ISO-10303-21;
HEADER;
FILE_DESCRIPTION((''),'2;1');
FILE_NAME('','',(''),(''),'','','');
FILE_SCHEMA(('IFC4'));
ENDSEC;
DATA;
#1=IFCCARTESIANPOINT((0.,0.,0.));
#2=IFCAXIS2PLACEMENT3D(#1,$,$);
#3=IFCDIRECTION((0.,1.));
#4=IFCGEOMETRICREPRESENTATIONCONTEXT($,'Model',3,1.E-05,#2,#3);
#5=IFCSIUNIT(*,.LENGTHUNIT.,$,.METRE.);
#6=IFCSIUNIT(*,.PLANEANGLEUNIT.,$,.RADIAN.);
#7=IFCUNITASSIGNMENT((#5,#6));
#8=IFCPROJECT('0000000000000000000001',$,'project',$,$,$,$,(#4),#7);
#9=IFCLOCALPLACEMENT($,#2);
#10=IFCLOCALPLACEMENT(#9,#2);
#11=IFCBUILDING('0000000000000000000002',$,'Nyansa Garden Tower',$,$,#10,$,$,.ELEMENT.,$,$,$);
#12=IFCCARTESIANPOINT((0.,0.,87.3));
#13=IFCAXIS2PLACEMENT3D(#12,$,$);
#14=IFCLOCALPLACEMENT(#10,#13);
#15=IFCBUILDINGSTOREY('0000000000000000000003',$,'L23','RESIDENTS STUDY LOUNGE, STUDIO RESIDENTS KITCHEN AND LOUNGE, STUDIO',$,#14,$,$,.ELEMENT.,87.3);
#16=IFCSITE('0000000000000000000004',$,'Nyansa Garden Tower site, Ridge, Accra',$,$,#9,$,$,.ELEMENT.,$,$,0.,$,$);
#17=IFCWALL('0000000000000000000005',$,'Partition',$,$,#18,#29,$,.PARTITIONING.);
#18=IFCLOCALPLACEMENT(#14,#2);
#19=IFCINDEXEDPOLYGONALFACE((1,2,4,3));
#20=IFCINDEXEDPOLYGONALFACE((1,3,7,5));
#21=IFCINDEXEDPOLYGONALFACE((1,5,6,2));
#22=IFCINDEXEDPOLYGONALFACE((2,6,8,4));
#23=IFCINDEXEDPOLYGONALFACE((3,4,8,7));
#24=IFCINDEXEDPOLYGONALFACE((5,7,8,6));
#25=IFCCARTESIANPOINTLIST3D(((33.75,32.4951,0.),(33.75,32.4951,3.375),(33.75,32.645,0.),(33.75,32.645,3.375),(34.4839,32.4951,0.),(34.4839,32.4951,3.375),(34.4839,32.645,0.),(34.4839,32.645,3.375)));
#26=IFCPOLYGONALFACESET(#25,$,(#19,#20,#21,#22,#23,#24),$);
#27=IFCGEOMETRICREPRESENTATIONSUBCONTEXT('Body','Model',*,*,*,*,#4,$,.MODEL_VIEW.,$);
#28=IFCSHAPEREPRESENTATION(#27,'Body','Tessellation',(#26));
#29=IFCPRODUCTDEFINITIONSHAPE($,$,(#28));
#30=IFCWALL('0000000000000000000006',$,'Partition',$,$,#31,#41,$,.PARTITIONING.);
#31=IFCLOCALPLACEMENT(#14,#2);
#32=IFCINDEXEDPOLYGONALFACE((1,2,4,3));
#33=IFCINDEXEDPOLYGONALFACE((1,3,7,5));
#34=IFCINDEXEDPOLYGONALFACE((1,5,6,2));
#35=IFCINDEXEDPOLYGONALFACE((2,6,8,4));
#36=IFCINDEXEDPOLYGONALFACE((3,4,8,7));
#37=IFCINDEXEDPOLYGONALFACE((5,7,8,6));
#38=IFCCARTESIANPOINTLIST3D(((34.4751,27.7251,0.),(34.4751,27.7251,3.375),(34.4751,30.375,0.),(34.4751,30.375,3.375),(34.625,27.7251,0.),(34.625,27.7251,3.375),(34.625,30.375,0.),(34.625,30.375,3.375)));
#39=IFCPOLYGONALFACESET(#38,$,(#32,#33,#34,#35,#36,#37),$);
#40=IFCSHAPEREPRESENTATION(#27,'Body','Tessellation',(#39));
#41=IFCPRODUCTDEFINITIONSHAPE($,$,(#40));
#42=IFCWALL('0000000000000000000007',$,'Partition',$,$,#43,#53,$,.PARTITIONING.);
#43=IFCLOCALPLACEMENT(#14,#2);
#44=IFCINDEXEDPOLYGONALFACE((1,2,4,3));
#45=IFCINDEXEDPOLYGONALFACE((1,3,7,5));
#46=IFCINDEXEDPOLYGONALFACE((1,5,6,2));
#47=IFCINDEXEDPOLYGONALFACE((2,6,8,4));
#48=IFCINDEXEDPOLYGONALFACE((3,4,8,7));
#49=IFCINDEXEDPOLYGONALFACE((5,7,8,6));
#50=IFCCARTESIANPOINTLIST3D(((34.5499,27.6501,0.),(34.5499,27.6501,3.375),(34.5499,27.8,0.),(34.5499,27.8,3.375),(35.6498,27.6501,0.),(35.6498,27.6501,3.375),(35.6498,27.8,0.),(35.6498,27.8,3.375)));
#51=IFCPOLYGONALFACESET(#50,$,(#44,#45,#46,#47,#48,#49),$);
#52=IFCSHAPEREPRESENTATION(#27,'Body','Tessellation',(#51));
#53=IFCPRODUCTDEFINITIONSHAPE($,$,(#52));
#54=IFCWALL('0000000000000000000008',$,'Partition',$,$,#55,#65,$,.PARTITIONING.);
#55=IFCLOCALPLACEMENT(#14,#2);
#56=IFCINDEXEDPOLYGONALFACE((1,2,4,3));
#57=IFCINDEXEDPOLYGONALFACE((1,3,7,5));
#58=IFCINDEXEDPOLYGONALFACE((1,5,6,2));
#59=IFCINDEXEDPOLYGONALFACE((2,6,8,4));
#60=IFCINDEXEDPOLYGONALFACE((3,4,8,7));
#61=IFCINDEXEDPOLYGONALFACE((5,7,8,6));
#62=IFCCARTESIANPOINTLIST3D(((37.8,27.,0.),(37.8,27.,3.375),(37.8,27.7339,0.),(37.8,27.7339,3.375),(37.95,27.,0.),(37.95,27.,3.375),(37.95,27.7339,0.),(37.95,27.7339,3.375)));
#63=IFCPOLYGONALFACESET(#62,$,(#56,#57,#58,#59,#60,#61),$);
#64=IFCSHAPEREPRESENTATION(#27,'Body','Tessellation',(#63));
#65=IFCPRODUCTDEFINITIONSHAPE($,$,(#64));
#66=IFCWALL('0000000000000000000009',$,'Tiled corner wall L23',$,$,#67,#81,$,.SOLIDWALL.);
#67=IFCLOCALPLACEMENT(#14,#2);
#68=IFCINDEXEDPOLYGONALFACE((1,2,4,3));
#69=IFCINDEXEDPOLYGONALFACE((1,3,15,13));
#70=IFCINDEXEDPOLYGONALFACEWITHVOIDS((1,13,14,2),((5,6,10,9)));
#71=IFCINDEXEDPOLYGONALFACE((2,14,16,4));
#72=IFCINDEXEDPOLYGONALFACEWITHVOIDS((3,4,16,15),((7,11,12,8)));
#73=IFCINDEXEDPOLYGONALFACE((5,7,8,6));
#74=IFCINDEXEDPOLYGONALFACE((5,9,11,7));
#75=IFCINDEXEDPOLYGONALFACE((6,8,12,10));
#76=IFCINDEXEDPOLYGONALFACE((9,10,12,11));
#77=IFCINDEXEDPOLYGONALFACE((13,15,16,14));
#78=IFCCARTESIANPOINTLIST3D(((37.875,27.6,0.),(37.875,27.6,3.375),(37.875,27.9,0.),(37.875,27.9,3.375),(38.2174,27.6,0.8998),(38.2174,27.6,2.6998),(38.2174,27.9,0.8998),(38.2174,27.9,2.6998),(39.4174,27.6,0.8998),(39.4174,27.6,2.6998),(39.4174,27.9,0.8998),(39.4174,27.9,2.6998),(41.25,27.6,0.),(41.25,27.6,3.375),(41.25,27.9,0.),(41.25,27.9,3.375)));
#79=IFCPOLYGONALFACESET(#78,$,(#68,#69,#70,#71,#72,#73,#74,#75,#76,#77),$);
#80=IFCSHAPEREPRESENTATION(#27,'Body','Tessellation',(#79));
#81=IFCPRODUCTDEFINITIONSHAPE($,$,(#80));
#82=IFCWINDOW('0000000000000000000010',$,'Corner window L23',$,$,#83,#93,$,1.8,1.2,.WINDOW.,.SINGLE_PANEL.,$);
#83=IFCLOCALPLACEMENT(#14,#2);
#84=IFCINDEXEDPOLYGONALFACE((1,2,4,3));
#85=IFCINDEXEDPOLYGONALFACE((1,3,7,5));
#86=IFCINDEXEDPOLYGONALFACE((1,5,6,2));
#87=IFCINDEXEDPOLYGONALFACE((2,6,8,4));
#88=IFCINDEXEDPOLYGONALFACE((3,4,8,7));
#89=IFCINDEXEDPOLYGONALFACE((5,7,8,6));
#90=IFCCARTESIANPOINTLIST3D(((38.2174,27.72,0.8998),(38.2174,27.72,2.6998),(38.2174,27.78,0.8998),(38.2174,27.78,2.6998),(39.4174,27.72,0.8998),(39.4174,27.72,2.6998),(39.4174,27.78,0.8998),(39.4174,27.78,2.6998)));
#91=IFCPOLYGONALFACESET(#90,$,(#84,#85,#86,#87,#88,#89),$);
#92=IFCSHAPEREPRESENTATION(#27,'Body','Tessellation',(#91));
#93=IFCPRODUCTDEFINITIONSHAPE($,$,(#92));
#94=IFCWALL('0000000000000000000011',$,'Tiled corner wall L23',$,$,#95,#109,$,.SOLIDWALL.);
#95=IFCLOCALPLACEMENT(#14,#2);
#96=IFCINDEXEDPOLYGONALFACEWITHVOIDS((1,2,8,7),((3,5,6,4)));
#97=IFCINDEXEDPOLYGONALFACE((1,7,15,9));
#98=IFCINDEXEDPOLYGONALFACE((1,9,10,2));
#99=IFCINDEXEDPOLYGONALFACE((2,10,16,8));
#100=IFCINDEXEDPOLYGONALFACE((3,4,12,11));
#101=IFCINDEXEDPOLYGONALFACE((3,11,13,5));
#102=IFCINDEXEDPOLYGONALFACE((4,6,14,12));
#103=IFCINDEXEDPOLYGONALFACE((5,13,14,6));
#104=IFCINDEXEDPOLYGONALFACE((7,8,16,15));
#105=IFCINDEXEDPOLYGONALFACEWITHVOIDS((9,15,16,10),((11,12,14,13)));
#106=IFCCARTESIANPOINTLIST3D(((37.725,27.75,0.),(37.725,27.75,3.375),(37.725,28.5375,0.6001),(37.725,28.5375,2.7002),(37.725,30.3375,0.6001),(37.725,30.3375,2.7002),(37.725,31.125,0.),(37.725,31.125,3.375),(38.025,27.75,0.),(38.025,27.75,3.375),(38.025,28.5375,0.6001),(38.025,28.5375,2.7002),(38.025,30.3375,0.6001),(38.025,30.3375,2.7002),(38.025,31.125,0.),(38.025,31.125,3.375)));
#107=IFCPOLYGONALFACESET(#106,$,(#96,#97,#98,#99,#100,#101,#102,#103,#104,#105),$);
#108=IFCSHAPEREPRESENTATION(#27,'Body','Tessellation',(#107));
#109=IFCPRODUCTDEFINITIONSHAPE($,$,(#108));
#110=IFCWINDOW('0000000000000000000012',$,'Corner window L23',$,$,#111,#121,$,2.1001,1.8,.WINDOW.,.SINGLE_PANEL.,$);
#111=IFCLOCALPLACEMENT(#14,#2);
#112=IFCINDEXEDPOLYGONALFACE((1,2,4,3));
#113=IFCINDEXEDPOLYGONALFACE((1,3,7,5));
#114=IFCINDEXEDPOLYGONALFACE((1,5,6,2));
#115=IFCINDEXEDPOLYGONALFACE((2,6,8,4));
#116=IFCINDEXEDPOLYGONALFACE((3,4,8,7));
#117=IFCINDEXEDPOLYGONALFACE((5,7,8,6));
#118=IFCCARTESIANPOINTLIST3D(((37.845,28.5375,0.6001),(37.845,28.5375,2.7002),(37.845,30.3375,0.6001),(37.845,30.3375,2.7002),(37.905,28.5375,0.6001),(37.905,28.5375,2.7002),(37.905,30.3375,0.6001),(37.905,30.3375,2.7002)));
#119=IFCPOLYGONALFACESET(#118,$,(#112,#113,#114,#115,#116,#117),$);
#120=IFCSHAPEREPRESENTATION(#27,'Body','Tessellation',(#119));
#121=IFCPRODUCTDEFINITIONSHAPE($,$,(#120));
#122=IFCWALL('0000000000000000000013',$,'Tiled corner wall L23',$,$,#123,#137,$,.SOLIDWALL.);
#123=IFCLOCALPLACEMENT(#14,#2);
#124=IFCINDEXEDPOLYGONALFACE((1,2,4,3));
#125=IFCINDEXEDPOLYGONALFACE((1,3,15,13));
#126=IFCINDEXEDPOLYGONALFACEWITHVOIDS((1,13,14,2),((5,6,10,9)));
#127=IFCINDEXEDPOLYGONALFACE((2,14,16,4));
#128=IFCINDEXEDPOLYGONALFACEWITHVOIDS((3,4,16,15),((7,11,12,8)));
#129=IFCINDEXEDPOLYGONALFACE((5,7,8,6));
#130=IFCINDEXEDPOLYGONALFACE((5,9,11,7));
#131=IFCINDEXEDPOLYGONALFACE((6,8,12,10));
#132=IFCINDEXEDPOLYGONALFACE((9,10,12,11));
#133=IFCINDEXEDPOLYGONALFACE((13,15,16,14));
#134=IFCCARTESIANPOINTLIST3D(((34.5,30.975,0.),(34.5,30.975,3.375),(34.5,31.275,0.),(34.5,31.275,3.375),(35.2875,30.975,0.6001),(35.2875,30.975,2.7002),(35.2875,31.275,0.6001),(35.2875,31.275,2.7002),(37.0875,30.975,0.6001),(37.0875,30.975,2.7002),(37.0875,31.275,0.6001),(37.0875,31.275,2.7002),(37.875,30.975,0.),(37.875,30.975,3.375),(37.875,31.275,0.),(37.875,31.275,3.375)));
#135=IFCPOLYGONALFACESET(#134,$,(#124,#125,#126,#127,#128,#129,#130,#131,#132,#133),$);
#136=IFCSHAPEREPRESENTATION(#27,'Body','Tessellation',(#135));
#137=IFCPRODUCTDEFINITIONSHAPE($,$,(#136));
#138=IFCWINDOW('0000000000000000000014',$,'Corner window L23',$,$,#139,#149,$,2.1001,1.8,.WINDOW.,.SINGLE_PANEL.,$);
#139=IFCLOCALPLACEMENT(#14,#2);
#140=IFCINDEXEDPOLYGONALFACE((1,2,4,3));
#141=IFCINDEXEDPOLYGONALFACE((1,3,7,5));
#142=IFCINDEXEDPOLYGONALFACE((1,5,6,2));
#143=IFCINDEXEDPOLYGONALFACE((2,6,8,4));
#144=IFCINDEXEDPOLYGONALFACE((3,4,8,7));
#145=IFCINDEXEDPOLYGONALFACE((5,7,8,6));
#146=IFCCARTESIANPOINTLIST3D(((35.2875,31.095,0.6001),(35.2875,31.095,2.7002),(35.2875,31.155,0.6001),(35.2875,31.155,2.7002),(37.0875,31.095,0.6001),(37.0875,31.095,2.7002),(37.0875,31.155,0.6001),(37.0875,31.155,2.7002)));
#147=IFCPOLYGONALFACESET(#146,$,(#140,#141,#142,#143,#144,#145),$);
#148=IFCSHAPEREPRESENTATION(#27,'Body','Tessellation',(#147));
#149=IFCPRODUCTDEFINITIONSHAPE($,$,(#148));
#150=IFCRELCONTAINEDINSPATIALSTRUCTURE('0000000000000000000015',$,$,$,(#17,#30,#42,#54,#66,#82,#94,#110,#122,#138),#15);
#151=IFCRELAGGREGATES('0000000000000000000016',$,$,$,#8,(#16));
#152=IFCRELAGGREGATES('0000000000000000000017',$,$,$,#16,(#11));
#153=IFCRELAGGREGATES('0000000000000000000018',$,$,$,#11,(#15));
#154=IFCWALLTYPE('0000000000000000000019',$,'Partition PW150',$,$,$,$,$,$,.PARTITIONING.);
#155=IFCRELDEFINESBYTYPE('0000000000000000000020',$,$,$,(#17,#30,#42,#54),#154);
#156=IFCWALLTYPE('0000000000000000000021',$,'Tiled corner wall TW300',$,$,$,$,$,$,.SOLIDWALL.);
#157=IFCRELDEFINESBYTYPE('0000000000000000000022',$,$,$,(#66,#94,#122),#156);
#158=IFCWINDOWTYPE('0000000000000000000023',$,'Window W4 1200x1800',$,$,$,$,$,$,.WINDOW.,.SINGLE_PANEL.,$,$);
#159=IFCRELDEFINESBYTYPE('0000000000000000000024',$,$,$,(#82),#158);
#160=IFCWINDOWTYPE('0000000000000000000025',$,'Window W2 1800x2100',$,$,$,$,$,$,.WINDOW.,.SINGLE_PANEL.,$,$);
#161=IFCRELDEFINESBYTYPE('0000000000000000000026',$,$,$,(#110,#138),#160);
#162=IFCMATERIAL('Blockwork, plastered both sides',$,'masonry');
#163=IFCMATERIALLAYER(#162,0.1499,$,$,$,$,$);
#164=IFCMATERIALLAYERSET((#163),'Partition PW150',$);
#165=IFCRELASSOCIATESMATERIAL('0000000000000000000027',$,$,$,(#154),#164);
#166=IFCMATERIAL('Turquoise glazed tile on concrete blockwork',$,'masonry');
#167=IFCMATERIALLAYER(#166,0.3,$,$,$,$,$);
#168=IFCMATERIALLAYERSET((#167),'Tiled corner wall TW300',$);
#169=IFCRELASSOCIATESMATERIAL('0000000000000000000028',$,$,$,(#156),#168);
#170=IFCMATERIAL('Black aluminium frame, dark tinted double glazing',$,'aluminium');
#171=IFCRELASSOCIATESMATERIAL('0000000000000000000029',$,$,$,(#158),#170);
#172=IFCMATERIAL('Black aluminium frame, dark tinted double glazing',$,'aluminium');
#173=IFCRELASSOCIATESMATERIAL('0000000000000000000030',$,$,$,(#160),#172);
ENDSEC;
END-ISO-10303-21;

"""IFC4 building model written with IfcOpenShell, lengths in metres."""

from ifc_helpers import new_model, si_unit, direction, frame, frame_2d, origin, place, context, subcontext, project, spatial, rectangle, extrude, material, layer, layer_set, type_object, element, fill, save


model = new_model("IFC4")

# Units and contexts
model_context = context("Model", 3, precision=1e-05, world=origin(), true_north=direction((0.0, 1.0)))
body_context = subcontext(model_context, "Body", "Model", "MODEL_VIEW")
ifc_project = project(units=[si_unit("LENGTHUNIT", "METRE"), si_unit("PLANEANGLEUNIT", "RADIAN")], contexts=[model_context])

# Site, building, storey
site_placement = place(None, origin())
site = spatial("IfcSite", under=ifc_project, at=site_placement, Name="Nyansa Garden Tower site, Ridge, Accra", CompositionType="ELEMENT", RefElevation=0.0)
building_placement = place(site_placement, origin())
building = spatial("IfcBuilding", under=site, at=building_placement, Name="Nyansa Garden Tower", CompositionType="ELEMENT")
storey_placement = place(building_placement, frame((0.0, 0.0, 87.3)))
storey = spatial("IfcBuildingStorey", under=building, at=storey_placement, Name="L23", Description="RESIDENTS STUDY LOUNGE, STUDIO RESIDENTS KITCHEN AND LOUNGE, STUDIO", CompositionType="ELEMENT", Elevation=87.3)

# Shared definitions
ifc_material_1 = material(Name="Blockwork, plastered both sides", Category="masonry")
ifc_layer_1 = layer(ifc_material_1, 0.1499)
ifc_layer_set_1 = layer_set([ifc_layer_1], Name="Partition PW150")
wall_type_1 = type_object("IfcWallType", Name="Partition PW150", PredefinedType="PARTITIONING", material=ifc_layer_set_1)

# Walls
wall_1_placement = place(storey_placement, frame((33.75, 32.5701, 0.0), z_axis=(0.0, 0.0, 1.0), x_axis=(1.0, 0.0, 0.0)))
element("IfcWall", 1, at=wall_1_placement, inside=storey, type_object=wall_type_1, Name="Partition", PredefinedType="PARTITIONING", context=body_context, shape_type="SweptSolid", body=[
    extrude(rectangle(XDim=0.7339, YDim=0.1499, at=frame_2d((0.3669, 0.0))), origin(), (0.0, 0.0, 1.0), 3.375),
])
wall_2_placement = place(storey_placement, frame((34.55, 27.7251, 0.0), z_axis=(0.0, 0.0, 1.0), x_axis=(0.0, 1.0, 0.0)))
element("IfcWall", 2, at=wall_2_placement, inside=storey, type_object=wall_type_1, Name="Partition", PredefinedType="PARTITIONING", context=body_context, shape_type="SweptSolid", body=[
    extrude(rectangle(XDim=2.6499, YDim=0.1499, at=frame_2d((1.325, 0.0))), origin(), (0.0, 0.0, 1.0), 3.375),
])
wall_3_placement = place(storey_placement, frame((34.55, 27.7251, 0.0), z_axis=(0.0, 0.0, 1.0), x_axis=(1.0, 0.0, 0.0)))
element("IfcWall", 3, at=wall_3_placement, inside=storey, type_object=wall_type_1, Name="Partition", PredefinedType="PARTITIONING", context=body_context, shape_type="SweptSolid", body=[
    extrude(rectangle(XDim=1.0999, YDim=0.1499, at=frame_2d((0.5498, 0.0))), origin(), (0.0, 0.0, 1.0), 3.375),
])
wall_4_placement = place(storey_placement, frame((37.875, 27.0, 0.0), z_axis=(0.0, 0.0, 1.0), x_axis=(0.0, 1.0, 0.0)))
element("IfcWall", 4, at=wall_4_placement, inside=storey, type_object=wall_type_1, Name="Partition", PredefinedType="PARTITIONING", context=body_context, shape_type="SweptSolid", body=[
    extrude(rectangle(XDim=0.7339, YDim=0.1499, at=frame_2d((0.3669, 0.0))), origin(), (0.0, 0.0, 1.0), 3.375),
])

# Walls, openings, windows
ifc_material_2 = material(Name="Turquoise glazed tile on concrete blockwork", Category="masonry")
ifc_layer_2 = layer(ifc_material_2, 0.3)
ifc_layer_set_2 = layer_set([ifc_layer_2], Name="Tiled corner wall TW300")
wall_type_2 = type_object("IfcWallType", Name="Tiled corner wall TW300", PredefinedType="SOLIDWALL", material=ifc_layer_set_2)
wall_5_placement = place(storey_placement, frame((41.25, 27.75, 0.0), z_axis=(0.0, 0.0, 1.0), x_axis=(-1.0, 0.0, 0.0)))
wall_5 = element("IfcWall", 5, at=wall_5_placement, inside=storey, type_object=wall_type_2, Name="Tiled corner wall L23", PredefinedType="SOLIDWALL", context=body_context, shape_type="SweptSolid", body=[
    extrude(rectangle(XDim=3.375, YDim=0.3, at=frame_2d((1.6875, 0.0))), origin(), (0.0, 0.0, 1.0), 3.375),
])
opening_1_placement = place(wall_5_placement, frame((1.8325, 0.0, 0.8999)))
opening_1 = element("IfcOpeningElement", 6, at=opening_1_placement, cuts=wall_5, PredefinedType="OPENING", context=body_context, shape_type="SweptSolid", body=[
    extrude(rectangle(XDim=1.2, YDim=1.8, at=frame_2d((0.6001, 0.8999))), frame((0.0, 0.1599, 0.0), z_axis=(0.0, -1.0, 0.0), x_axis=(1.0, 0.0, 0.0)), (0.0, 0.0, 1.0), 0.3201),
])
ifc_material_3 = material(Name="Black aluminium frame, dark tinted double glazing", Category="aluminium")
window_type_1 = type_object("IfcWindowType", Name="Window W4 1200x1800", PartitioningType="SINGLE_PANEL", PredefinedType="WINDOW", material=ifc_material_3)
window_1_placement = place(opening_1_placement, origin())
window_1 = element("IfcWindow", 7, at=window_1_placement, inside=storey, type_object=window_type_1, Name="Corner window L23", OverallHeight=1.8, OverallWidth=1.2, PartitioningType="SINGLE_PANEL", PredefinedType="WINDOW", context=body_context, shape_type="SweptSolid", body=[
    extrude(rectangle(XDim=1.2, YDim=1.8, at=frame_2d((0.6001, 0.8999))), frame((0.0, 0.03, 0.0), z_axis=(0.0, -1.0, 0.0), x_axis=(1.0, 0.0, 0.0)), (0.0, 0.0, 1.0), 0.0601),
])
fill(opening_1, window_1)
wall_6_placement = place(storey_placement, frame((37.875, 27.75, 0.0), z_axis=(0.0, 0.0, 1.0), x_axis=(0.0, 1.0, 0.0)))
wall_6 = element("IfcWall", 8, at=wall_6_placement, inside=storey, type_object=wall_type_2, Name="Tiled corner wall L23", PredefinedType="SOLIDWALL", context=body_context, shape_type="SweptSolid", body=[
    extrude(rectangle(XDim=3.375, YDim=0.3, at=frame_2d((1.6875, 0.0))), origin(), (0.0, 0.0, 1.0), 3.375),
])
opening_2_placement = place(wall_6_placement, frame((0.7876, 0.0, 0.6001)))
opening_2 = element("IfcOpeningElement", 9, at=opening_2_placement, cuts=wall_6, PredefinedType="OPENING", context=body_context, shape_type="SweptSolid", body=[
    extrude(rectangle(XDim=1.8, YDim=2.1001, at=frame_2d((0.8999, 1.05))), frame((0.0, 0.1599, 0.0), z_axis=(0.0, -1.0, 0.0), x_axis=(1.0, 0.0, 0.0)), (0.0, 0.0, 1.0), 0.3201),
])
ifc_material_4 = material(Name="Black aluminium frame, dark tinted double glazing", Category="aluminium")
window_type_2 = type_object("IfcWindowType", Name="Window W2 1800x2100", PartitioningType="SINGLE_PANEL", PredefinedType="WINDOW", material=ifc_material_4)
window_2_placement = place(opening_2_placement, origin())
window_2 = element("IfcWindow", 10, at=window_2_placement, inside=storey, type_object=window_type_2, Name="Corner window L23", OverallHeight=2.1001, OverallWidth=1.8, PartitioningType="SINGLE_PANEL", PredefinedType="WINDOW", context=body_context, shape_type="SweptSolid", body=[
    extrude(rectangle(XDim=1.8, YDim=2.1001, at=frame_2d((0.8999, 1.05))), frame((0.0, 0.03, 0.0), z_axis=(0.0, -1.0, 0.0), x_axis=(1.0, 0.0, 0.0)), (0.0, 0.0, 1.0), 0.0601),
])
fill(opening_2, window_2)
wall_7_placement = place(storey_placement, frame((37.875, 31.125, 0.0), z_axis=(0.0, 0.0, 1.0), x_axis=(-1.0, 0.0, 0.0)))
wall_7 = element("IfcWall", 11, at=wall_7_placement, inside=storey, type_object=wall_type_2, Name="Tiled corner wall L23", PredefinedType="SOLIDWALL", context=body_context, shape_type="SweptSolid", body=[
    extrude(rectangle(XDim=3.375, YDim=0.3, at=frame_2d((1.6875, 0.0))), origin(), (0.0, 0.0, 1.0), 3.375),
])
opening_3_placement = place(wall_7_placement, frame((0.7876, 0.0, 0.6001)))
opening_3 = element("IfcOpeningElement", 12, at=opening_3_placement, cuts=wall_7, PredefinedType="OPENING", context=body_context, shape_type="SweptSolid", body=[
    extrude(rectangle(XDim=1.8, YDim=2.1001, at=frame_2d((0.8999, 1.05))), frame((0.0, 0.1599, 0.0), z_axis=(0.0, -1.0, 0.0), x_axis=(1.0, 0.0, 0.0)), (0.0, 0.0, 1.0), 0.3201),
])
window_3_placement = place(opening_3_placement, origin())
window_3 = element("IfcWindow", 13, at=window_3_placement, inside=storey, type_object=window_type_2, Name="Corner window L23", OverallHeight=2.1001, OverallWidth=1.8, PartitioningType="SINGLE_PANEL", PredefinedType="WINDOW", context=body_context, shape_type="SweptSolid", body=[
    extrude(rectangle(XDim=1.8, YDim=2.1001, at=frame_2d((0.8999, 1.05))), frame((0.0, 0.03, 0.0), z_axis=(0.0, -1.0, 0.0), x_axis=(1.0, 0.0, 0.0)), (0.0, 0.0, 1.0), 0.0601),
])
fill(opening_3, window_3)

save(model, "model.ifc")
